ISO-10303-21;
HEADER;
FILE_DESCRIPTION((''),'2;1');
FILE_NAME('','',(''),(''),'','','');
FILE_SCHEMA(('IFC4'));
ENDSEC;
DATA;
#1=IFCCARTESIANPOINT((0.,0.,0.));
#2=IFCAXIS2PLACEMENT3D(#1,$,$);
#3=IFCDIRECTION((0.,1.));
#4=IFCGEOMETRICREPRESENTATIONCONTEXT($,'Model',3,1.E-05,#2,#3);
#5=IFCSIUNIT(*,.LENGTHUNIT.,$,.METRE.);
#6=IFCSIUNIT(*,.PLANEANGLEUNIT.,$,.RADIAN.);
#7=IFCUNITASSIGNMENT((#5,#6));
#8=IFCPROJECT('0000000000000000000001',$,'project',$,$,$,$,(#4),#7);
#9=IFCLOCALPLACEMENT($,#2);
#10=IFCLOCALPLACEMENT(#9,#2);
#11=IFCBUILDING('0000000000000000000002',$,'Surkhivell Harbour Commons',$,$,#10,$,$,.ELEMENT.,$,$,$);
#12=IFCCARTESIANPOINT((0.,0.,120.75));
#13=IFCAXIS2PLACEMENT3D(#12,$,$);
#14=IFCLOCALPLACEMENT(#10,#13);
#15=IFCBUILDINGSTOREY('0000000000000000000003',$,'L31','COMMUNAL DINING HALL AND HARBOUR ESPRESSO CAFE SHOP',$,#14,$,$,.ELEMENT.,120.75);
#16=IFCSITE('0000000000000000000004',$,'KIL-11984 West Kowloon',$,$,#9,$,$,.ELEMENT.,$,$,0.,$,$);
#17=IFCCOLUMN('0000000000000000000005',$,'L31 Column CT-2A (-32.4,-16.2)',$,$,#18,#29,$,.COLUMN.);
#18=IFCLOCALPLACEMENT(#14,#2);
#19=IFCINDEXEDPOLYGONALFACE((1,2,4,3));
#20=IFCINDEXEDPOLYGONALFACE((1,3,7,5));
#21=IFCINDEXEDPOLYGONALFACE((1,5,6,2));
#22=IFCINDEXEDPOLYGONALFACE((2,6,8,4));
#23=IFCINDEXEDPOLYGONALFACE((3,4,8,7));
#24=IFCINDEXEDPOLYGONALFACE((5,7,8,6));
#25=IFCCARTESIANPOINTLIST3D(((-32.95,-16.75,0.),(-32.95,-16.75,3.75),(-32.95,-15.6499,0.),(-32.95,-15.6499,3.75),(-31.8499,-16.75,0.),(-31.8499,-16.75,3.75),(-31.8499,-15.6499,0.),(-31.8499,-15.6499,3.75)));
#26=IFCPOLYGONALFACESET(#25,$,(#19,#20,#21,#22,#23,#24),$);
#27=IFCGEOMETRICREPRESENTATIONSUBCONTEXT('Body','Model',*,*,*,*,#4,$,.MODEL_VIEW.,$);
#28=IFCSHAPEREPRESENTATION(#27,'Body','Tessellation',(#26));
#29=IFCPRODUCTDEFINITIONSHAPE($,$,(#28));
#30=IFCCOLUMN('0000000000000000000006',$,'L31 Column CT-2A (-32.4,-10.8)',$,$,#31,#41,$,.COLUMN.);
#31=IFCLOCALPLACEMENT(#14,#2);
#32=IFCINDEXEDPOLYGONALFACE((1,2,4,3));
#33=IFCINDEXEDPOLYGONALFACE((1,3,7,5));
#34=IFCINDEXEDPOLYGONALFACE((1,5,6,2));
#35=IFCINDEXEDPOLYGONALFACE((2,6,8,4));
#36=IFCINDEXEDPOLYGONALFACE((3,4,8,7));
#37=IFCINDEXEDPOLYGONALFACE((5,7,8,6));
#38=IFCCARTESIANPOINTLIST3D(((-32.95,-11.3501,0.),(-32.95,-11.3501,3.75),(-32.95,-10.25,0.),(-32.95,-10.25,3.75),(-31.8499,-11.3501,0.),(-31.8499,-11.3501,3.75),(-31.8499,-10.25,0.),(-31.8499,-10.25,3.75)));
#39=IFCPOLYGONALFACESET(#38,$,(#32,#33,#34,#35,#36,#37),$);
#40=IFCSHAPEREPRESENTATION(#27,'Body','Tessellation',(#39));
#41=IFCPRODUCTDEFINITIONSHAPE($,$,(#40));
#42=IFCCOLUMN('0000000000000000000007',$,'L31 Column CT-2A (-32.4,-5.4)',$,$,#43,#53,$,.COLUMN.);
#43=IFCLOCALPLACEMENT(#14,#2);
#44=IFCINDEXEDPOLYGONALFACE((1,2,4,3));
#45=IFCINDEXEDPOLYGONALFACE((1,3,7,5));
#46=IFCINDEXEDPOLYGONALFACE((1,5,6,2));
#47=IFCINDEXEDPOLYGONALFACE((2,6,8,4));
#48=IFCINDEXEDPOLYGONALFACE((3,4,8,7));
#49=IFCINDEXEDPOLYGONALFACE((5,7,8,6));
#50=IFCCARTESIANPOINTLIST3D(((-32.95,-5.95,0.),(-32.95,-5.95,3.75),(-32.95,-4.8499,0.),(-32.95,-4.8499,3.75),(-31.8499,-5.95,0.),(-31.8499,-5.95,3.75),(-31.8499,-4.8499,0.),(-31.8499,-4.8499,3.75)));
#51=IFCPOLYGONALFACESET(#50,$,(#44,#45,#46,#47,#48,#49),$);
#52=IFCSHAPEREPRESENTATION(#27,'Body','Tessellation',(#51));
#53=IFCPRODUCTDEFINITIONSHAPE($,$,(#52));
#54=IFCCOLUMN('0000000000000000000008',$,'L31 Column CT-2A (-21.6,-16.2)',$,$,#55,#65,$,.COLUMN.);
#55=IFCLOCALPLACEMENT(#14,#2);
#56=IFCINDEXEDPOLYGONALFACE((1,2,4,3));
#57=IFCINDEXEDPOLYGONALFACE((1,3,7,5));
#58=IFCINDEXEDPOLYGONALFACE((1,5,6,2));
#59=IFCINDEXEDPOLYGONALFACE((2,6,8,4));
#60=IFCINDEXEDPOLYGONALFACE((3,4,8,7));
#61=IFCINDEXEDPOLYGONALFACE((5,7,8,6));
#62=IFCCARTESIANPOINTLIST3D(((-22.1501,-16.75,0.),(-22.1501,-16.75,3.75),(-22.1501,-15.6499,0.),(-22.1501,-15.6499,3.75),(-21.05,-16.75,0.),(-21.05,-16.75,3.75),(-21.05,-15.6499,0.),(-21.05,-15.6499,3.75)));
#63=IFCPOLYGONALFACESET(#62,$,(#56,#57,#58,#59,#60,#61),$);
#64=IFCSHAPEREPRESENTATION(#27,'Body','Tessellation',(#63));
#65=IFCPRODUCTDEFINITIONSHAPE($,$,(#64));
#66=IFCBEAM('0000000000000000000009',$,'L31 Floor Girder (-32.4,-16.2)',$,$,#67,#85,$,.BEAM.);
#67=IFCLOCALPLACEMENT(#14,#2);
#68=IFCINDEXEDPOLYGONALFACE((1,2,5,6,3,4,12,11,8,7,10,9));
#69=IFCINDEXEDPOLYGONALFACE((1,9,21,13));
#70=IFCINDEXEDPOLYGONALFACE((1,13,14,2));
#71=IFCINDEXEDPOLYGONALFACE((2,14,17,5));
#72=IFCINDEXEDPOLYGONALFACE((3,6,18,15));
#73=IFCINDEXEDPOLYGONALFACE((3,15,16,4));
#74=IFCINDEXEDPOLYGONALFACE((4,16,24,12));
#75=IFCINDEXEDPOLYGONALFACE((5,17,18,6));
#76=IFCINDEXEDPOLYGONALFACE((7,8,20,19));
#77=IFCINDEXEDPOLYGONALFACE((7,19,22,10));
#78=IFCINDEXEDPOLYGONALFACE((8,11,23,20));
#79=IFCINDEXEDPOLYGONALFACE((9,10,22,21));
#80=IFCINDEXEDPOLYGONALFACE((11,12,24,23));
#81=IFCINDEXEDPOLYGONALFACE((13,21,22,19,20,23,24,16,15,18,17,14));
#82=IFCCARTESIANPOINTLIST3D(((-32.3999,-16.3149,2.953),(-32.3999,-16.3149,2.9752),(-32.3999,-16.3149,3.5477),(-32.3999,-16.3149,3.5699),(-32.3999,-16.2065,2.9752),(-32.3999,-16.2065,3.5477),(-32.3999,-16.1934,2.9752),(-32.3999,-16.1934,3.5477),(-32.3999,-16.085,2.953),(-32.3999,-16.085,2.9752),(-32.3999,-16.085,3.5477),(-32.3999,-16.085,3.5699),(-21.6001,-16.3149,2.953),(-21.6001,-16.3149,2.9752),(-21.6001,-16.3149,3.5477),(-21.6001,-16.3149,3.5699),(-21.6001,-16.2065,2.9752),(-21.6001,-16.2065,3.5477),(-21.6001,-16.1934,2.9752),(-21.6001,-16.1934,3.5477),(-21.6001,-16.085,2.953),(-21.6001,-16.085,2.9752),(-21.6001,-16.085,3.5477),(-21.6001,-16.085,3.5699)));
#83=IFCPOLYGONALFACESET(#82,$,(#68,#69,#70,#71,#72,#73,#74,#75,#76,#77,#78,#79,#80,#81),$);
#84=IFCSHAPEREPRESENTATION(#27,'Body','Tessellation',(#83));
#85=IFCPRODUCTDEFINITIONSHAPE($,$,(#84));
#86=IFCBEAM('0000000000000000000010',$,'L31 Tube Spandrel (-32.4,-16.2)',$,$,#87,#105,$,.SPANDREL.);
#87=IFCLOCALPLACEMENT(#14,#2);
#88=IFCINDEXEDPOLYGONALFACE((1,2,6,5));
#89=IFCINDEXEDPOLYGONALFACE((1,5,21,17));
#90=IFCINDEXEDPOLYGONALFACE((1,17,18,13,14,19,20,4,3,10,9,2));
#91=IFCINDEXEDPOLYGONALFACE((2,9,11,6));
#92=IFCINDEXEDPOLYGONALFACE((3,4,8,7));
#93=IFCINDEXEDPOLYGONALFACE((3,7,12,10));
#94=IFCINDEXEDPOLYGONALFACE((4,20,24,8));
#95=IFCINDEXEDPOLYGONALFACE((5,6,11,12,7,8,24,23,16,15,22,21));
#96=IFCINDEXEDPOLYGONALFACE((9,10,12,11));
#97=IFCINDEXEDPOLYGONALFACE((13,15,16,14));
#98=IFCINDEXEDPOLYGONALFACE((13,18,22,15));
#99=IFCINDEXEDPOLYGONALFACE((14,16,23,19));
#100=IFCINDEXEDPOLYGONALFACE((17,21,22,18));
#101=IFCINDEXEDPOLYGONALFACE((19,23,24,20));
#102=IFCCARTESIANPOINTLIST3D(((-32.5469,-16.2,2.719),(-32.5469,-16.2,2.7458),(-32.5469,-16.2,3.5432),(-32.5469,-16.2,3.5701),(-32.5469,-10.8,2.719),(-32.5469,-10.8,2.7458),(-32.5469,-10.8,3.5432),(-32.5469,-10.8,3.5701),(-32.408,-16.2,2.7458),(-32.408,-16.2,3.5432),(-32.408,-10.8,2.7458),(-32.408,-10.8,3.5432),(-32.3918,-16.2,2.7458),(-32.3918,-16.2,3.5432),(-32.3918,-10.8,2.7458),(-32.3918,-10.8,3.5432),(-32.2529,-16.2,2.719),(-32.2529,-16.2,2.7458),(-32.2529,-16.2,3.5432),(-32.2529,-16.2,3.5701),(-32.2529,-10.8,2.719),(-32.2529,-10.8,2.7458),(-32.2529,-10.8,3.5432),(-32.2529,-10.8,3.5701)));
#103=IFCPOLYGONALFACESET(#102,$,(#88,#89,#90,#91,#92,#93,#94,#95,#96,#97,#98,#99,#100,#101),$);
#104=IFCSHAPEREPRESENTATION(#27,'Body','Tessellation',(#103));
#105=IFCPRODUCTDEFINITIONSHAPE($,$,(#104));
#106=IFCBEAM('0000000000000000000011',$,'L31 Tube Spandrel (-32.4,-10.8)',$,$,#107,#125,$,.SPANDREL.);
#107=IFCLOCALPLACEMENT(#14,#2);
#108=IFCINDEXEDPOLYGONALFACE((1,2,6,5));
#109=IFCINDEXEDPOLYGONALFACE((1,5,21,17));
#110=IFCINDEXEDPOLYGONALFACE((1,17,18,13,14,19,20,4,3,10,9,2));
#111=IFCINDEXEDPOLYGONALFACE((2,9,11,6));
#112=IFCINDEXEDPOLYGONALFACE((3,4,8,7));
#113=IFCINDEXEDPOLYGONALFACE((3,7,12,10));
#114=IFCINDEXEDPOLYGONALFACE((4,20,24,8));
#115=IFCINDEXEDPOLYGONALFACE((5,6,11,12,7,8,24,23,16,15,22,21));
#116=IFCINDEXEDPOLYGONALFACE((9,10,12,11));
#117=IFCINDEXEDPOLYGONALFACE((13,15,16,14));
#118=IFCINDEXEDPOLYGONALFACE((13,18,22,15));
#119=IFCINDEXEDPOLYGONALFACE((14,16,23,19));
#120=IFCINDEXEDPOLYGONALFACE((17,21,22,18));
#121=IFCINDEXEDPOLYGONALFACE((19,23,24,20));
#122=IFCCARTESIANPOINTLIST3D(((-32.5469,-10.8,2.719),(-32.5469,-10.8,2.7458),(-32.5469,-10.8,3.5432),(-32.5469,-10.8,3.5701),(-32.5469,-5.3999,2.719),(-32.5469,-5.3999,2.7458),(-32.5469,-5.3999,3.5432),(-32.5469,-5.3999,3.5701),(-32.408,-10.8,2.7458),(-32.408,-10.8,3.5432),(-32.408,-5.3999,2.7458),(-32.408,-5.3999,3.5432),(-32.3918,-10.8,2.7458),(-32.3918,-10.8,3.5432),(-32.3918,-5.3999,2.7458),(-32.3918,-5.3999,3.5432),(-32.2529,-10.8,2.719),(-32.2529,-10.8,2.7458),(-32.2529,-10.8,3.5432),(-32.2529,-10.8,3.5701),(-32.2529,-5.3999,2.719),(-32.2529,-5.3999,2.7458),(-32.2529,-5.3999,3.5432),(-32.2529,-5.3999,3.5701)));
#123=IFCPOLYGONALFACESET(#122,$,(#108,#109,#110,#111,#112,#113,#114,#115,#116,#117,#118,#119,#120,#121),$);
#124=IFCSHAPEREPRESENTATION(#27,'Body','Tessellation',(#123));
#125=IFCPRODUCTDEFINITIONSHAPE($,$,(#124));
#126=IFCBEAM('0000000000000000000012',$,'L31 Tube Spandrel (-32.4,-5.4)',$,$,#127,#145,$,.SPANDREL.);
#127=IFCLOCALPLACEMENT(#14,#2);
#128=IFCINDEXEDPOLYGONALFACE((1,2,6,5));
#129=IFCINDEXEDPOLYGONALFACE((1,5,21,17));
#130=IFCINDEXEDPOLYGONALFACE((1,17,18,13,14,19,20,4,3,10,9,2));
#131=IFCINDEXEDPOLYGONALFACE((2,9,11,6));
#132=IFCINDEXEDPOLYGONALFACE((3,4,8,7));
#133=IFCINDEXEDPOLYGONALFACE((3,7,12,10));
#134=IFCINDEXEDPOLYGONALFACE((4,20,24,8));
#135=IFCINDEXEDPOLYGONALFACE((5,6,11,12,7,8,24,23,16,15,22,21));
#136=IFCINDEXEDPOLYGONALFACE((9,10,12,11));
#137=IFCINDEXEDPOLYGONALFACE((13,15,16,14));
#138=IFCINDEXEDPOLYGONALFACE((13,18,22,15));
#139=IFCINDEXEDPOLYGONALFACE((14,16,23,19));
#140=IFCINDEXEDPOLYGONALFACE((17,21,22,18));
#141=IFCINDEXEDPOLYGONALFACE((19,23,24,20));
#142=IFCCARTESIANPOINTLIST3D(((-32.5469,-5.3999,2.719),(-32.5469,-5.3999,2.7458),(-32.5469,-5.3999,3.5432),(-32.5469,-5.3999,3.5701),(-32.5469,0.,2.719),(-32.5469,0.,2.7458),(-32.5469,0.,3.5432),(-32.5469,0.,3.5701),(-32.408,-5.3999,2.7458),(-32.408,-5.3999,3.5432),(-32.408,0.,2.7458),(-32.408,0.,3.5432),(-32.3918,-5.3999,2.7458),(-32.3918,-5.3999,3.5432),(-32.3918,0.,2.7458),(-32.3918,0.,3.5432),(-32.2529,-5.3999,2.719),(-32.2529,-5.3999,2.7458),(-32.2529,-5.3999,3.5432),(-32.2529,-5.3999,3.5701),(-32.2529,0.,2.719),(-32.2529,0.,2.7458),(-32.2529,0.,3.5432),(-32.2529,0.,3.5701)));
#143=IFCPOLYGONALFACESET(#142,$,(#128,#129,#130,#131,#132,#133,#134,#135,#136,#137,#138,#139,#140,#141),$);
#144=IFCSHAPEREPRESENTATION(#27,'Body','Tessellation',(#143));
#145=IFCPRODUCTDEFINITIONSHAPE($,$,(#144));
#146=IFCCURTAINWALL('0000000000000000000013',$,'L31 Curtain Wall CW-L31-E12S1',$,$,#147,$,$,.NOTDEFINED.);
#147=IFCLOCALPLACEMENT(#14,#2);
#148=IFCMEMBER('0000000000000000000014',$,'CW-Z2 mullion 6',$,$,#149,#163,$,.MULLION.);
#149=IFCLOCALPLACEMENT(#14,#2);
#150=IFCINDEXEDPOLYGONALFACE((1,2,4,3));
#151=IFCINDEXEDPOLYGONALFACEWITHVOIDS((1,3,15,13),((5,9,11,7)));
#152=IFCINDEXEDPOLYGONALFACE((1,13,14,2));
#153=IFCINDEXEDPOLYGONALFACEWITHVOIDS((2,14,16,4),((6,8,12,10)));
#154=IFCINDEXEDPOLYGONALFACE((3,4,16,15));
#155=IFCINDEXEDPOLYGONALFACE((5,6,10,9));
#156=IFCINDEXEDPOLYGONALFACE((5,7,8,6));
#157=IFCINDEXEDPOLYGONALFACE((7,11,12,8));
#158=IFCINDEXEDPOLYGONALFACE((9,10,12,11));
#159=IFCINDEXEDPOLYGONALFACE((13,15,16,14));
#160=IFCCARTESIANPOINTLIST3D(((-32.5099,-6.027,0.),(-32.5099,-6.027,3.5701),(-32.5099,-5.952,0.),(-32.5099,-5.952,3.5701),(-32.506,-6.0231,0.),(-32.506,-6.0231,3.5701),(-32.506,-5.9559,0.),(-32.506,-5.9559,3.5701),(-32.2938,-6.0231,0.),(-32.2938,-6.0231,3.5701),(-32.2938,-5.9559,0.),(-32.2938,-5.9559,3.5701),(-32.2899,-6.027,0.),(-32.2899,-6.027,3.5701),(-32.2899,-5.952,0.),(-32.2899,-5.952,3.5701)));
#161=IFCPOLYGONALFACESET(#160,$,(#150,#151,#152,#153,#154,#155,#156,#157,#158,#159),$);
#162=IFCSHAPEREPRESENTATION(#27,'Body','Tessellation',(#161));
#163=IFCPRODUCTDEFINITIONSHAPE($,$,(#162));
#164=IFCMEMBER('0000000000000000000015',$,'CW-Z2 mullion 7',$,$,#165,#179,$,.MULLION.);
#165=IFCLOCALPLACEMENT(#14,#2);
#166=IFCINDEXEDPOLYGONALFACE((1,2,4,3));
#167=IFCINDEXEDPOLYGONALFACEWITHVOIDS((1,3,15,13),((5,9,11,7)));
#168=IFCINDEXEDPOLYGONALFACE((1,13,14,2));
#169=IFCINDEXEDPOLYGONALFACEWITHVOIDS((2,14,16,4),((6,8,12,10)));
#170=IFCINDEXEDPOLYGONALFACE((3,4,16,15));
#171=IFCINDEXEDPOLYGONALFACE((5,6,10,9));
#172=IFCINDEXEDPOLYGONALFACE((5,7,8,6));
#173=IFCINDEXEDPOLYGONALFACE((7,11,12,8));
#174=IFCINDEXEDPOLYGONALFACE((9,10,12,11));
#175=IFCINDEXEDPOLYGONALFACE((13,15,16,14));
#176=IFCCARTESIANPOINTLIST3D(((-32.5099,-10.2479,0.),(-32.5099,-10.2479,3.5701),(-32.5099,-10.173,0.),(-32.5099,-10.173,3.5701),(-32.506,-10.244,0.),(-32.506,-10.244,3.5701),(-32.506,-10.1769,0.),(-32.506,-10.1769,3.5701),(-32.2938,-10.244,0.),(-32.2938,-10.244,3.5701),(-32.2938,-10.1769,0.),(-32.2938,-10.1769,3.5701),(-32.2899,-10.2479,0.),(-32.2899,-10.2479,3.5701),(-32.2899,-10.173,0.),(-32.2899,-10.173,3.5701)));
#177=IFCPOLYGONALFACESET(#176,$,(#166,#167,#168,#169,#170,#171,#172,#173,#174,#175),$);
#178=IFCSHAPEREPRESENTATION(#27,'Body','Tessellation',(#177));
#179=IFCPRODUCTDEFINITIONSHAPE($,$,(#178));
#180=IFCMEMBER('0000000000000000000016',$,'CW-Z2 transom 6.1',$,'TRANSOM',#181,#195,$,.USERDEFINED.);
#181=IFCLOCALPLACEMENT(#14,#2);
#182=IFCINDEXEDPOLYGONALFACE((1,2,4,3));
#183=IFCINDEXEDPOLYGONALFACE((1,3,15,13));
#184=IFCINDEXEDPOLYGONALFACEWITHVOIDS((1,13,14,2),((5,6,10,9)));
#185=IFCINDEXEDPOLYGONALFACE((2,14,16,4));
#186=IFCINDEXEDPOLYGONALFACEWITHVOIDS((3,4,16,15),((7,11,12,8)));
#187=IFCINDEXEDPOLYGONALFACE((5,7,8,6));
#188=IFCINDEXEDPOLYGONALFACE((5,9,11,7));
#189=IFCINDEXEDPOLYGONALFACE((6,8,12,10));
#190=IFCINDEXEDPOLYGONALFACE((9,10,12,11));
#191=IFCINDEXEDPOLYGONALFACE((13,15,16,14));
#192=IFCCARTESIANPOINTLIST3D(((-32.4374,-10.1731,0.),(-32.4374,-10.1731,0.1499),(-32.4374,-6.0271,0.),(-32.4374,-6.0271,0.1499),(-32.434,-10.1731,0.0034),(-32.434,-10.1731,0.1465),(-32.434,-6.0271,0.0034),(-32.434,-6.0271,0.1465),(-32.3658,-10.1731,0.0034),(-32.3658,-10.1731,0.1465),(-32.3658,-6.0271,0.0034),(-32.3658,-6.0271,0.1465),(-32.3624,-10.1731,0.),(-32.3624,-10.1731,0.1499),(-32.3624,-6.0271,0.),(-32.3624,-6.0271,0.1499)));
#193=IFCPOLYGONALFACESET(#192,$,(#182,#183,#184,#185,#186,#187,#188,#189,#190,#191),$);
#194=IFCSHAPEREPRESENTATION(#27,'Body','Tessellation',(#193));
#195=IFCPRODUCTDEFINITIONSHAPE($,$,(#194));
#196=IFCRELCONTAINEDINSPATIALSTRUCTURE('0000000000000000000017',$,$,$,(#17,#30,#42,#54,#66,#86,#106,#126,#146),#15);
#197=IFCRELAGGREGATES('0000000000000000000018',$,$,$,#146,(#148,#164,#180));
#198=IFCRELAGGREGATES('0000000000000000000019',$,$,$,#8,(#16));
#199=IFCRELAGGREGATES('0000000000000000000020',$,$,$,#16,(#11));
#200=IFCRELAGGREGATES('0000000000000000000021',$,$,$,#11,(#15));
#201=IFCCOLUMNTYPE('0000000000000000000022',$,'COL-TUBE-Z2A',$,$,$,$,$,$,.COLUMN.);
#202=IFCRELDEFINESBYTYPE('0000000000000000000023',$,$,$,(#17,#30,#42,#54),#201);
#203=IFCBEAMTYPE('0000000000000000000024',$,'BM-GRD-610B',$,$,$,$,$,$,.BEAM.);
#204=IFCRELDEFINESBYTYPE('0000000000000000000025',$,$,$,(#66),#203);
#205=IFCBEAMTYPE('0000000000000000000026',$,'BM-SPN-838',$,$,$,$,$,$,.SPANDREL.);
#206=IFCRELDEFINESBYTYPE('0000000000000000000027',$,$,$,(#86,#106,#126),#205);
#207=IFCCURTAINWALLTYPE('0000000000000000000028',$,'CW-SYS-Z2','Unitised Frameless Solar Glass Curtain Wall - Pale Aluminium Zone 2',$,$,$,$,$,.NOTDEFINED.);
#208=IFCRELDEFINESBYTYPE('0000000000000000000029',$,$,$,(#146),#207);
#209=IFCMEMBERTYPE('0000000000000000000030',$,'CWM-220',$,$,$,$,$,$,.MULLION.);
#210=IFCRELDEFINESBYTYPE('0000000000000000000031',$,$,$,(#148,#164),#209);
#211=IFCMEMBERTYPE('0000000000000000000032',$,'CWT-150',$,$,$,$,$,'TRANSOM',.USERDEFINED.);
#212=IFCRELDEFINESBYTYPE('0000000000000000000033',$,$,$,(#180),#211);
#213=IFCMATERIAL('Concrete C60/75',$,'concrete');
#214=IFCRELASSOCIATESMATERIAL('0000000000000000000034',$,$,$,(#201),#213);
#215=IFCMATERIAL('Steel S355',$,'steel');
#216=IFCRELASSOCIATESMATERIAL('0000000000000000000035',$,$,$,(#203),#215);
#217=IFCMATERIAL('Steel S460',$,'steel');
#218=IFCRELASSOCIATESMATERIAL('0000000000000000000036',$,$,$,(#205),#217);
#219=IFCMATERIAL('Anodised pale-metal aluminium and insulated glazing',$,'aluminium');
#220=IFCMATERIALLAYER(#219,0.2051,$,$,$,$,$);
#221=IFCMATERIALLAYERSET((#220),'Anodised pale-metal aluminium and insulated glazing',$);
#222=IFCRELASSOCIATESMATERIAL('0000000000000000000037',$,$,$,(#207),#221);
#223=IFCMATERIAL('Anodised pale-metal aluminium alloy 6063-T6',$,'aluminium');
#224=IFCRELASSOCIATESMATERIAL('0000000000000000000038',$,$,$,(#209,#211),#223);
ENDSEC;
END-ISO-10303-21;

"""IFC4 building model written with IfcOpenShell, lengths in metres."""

from ifc_helpers import new_model, si_unit, direction, frame, origin, origin_2d, place, context, subcontext, project, spatial, rectangle, hollow_rectangle, i_section, extrude, material, layer, layer_set, material_profile, profile_set, type_object, element, aggregate, save


model = new_model("IFC4")

# Units and contexts
model_context = context("Model", 3, precision=1e-05, world=origin(), true_north=direction((0.0, 1.0)))
body_context = subcontext(model_context, "Body", "Model", "MODEL_VIEW")
ifc_project = project(units=[si_unit("LENGTHUNIT", "METRE"), si_unit("PLANEANGLEUNIT", "RADIAN")], contexts=[model_context])

# Site, building, storey
site_placement = place(None, origin())
site = spatial("IfcSite", under=ifc_project, at=site_placement, Name="KIL-11984 West Kowloon", CompositionType="ELEMENT", RefElevation=0.0)
building_placement = place(site_placement, origin())
building = spatial("IfcBuilding", under=site, at=building_placement, Name="Surkhivell Harbour Commons", CompositionType="ELEMENT")
storey_placement = place(building_placement, frame((0.0, 0.0, 120.75)))
storey = spatial("IfcBuildingStorey", under=building, at=storey_placement, Name="L31", Description="COMMUNAL DINING HALL AND HARBOUR ESPRESSO CAFE SHOP", CompositionType="ELEMENT", Elevation=120.75)

# Columns
ifc_material_1 = material(Name="Concrete C60/75", Category="concrete")
ifc_material_profile_1 = material_profile(ifc_material_1, rectangle(XDim=1.1001, YDim=1.1001, at=origin_2d()), Name="RC-COL-1100x1100")
ifc_profile_set_1 = profile_set([ifc_material_profile_1], Name="Concrete C60/75")
column_type = type_object("IfcColumnType", Name="COL-TUBE-Z2A", PredefinedType="COLUMN", material=ifc_profile_set_1)
for number, where, z_axis, x_axis, name in (
    (1, (-32.3999, -16.2, 0.0), (0.0, 0.0, 1.0), (1.0, 0.0, 0.0), "L31 Column CT-2A (-32.4,-16.2)"),
    (2, (-32.3999, -10.8, 0.0), (0.0, 0.0, 1.0), (1.0, 0.0, 0.0), "L31 Column CT-2A (-32.4,-10.8)"),
    (3, (-32.3999, -5.3999, 0.0), (0.0, 0.0, 1.0), (1.0, 0.0, 0.0), "L31 Column CT-2A (-32.4,-5.4)"),
    (4, (-21.6001, -16.2, 0.0), (0.0, 0.0, 1.0), (1.0, 0.0, 0.0), "L31 Column CT-2A (-21.6,-16.2)"),
):
    element("IfcColumn", number, at=place(storey_placement, frame(where, z_axis=z_axis, x_axis=x_axis)), inside=storey, type_object=column_type, Name=name, PredefinedType="COLUMN", context=body_context, shape_type="SweptSolid", body=[
        extrude(rectangle(XDim=1.1001, YDim=1.1001, at=origin_2d()), origin(), (0.0, 0.0, 1.0), 3.75),
    ])

# Beams
ifc_material_2 = material(Name="Steel S355", Category="steel")
ifc_material_profile_2 = material_profile(ifc_material_2, i_section(OverallWidth=0.23, OverallDepth=0.6169, WebThickness=0.0132, FlangeThickness=0.0222, at=origin_2d()), Name="UB610x229x140")
ifc_profile_set_2 = profile_set([ifc_material_profile_2], Name="Steel S355")
beam_type_1 = type_object("IfcBeamType", Name="BM-GRD-610B", PredefinedType="BEAM", material=ifc_profile_set_2)
beam_1_placement = place(storey_placement, frame((-32.3999, -16.2, 3.2615), z_axis=(1.0, 0.0, 0.0), x_axis=(0.0, 1.0, 0.0)))
element("IfcBeam", 5, at=beam_1_placement, inside=storey, type_object=beam_type_1, Name="L31 Floor Girder (-32.4,-16.2)", PredefinedType="BEAM", context=body_context, shape_type="SweptSolid", body=[
    extrude(i_section(OverallWidth=0.23, OverallDepth=0.6169, WebThickness=0.0132, FlangeThickness=0.0222, at=origin_2d()), origin(), (0.0, 0.0, 1.0), 10.7998),
])
ifc_material_3 = material(Name="Steel S460", Category="steel")
ifc_material_profile_3 = material_profile(ifc_material_3, i_section(OverallWidth=0.2939, OverallDepth=0.8511, WebThickness=0.0161, FlangeThickness=0.0269, at=origin_2d()), Name="UB838x292x226")
ifc_profile_set_3 = profile_set([ifc_material_profile_3], Name="Steel S460")
beam_type_2 = type_object("IfcBeamType", Name="BM-SPN-838", PredefinedType="SPANDREL", material=ifc_profile_set_3)
beam_2_placement = place(storey_placement, frame((-32.3999, -16.2, 3.1445), z_axis=(0.0, 1.0, 0.0), x_axis=(-1.0, 0.0, 0.0)))
element("IfcBeam", 6, at=beam_2_placement, inside=storey, type_object=beam_type_2, Name="L31 Tube Spandrel (-32.4,-16.2)", PredefinedType="SPANDREL", context=body_context, shape_type="SweptSolid", body=[
    extrude(i_section(OverallWidth=0.2939, OverallDepth=0.8511, WebThickness=0.0161, FlangeThickness=0.0269, at=origin_2d()), origin(), (0.0, 0.0, 1.0), 5.3999),
])
beam_3_placement = place(storey_placement, frame((-32.3999, -10.8, 3.1445), z_axis=(0.0, 1.0, 0.0), x_axis=(-1.0, 0.0, 0.0)))
element("IfcBeam", 7, at=beam_3_placement, inside=storey, type_object=beam_type_2, Name="L31 Tube Spandrel (-32.4,-10.8)", PredefinedType="SPANDREL", context=body_context, shape_type="SweptSolid", body=[
    extrude(i_section(OverallWidth=0.2939, OverallDepth=0.8511, WebThickness=0.0161, FlangeThickness=0.0269, at=origin_2d()), origin(), (0.0, 0.0, 1.0), 5.4001),
])
beam_4_placement = place(storey_placement, frame((-32.3999, -5.3999, 3.1445), z_axis=(0.0, 1.0, 0.0), x_axis=(-1.0, 0.0, 0.0)))
element("IfcBeam", 8, at=beam_4_placement, inside=storey, type_object=beam_type_2, Name="L31 Tube Spandrel (-32.4,-5.4)", PredefinedType="SPANDREL", context=body_context, shape_type="SweptSolid", body=[
    extrude(i_section(OverallWidth=0.2939, OverallDepth=0.8511, WebThickness=0.0161, FlangeThickness=0.0269, at=origin_2d()), origin(), (0.0, 0.0, 1.0), 5.3999),
])

# Curtain wall, members
ifc_material_4 = material(Name="Anodised pale-metal aluminium and insulated glazing", Category="aluminium")
ifc_layer_1 = layer(ifc_material_4, 0.2051)
ifc_layer_set_1 = layer_set([ifc_layer_1], Name="Anodised pale-metal aluminium and insulated glazing")
curtain_wall_type = type_object("IfcCurtainWallType", Name="CW-SYS-Z2", Description="Unitised Frameless Solar Glass Curtain Wall - Pale Aluminium Zone 2", PredefinedType="NOTDEFINED", material=ifc_layer_set_1)
curtain_wall_placement = place(storey_placement, origin())
curtain_wall = element("IfcCurtainWall", 9, at=curtain_wall_placement, inside=storey, type_object=curtain_wall_type, Name="L31 Curtain Wall CW-L31-E12S1", PredefinedType="NOTDEFINED")
ifc_material_5 = material(Name="Anodised pale-metal aluminium alloy 6063-T6", Category="aluminium")
ifc_material_profile_4 = material_profile(ifc_material_5, hollow_rectangle(XDim=0.075, YDim=0.22, WallThickness=0.0039, at=origin_2d()), Name="ALU-MULL-75x220")
ifc_profile_set_4 = profile_set([ifc_material_profile_4], Name="Anodised pale-metal aluminium alloy 6063-T6")
member_type_1 = type_object("IfcMemberType", Name="CWM-220", PredefinedType="MULLION", material=ifc_profile_set_4)
member_1_placement = place(storey_placement, frame((-32.3999, -5.9895, 0.0), z_axis=(0.0, 0.0, 1.0), x_axis=(0.0, -1.0, 0.0)))
member_1 = element("IfcMember", 10, at=member_1_placement, type_object=member_type_1, Name="CW-Z2 mullion 6", PredefinedType="MULLION", context=body_context, shape_type="SweptSolid", body=[
    extrude(hollow_rectangle(XDim=0.075, YDim=0.22, WallThickness=0.0039, at=origin_2d()), origin(), (0.0, 0.0, 1.0), 3.5701),
])
member_2_placement = place(storey_placement, frame((-32.3999, -10.2104, 0.0), z_axis=(0.0, 0.0, 1.0), x_axis=(0.0, -1.0, 0.0)))
member_2 = element("IfcMember", 11, at=member_2_placement, type_object=member_type_1, Name="CW-Z2 mullion 7", PredefinedType="MULLION", context=body_context, shape_type="SweptSolid", body=[
    extrude(hollow_rectangle(XDim=0.075, YDim=0.22, WallThickness=0.0039, at=origin_2d()), origin(), (0.0, 0.0, 1.0), 3.5701),
])
ifc_material_profile_5 = material_profile(ifc_material_5, hollow_rectangle(XDim=0.075, YDim=0.1499, WallThickness=0.0034, at=origin_2d()), Name="ALU-TRAN-75x150")
ifc_profile_set_5 = profile_set([ifc_material_profile_5], Name="Anodised pale-metal aluminium alloy 6063-T6")
member_type_2 = type_object("IfcMemberType", Name="CWT-150", ElementType="TRANSOM", PredefinedType="USERDEFINED", material=ifc_profile_set_5)
member_3_placement = place(storey_placement, frame((-32.3999, -6.0271, 0.075), z_axis=(0.0, -1.0, 0.0), x_axis=(1.0, 0.0, 0.0)))
member_3 = element("IfcMember", 12, at=member_3_placement, type_object=member_type_2, Name="CW-Z2 transom 6.1", ObjectType="TRANSOM", PredefinedType="USERDEFINED", context=body_context, shape_type="SweptSolid", body=[
    extrude(hollow_rectangle(XDim=0.075, YDim=0.1499, WallThickness=0.0034, at=origin_2d()), origin(), (0.0, 0.0, 1.0), 4.146),
])

aggregate(curtain_wall, [member_1, member_2, member_3])

save(model, "model.ifc")
